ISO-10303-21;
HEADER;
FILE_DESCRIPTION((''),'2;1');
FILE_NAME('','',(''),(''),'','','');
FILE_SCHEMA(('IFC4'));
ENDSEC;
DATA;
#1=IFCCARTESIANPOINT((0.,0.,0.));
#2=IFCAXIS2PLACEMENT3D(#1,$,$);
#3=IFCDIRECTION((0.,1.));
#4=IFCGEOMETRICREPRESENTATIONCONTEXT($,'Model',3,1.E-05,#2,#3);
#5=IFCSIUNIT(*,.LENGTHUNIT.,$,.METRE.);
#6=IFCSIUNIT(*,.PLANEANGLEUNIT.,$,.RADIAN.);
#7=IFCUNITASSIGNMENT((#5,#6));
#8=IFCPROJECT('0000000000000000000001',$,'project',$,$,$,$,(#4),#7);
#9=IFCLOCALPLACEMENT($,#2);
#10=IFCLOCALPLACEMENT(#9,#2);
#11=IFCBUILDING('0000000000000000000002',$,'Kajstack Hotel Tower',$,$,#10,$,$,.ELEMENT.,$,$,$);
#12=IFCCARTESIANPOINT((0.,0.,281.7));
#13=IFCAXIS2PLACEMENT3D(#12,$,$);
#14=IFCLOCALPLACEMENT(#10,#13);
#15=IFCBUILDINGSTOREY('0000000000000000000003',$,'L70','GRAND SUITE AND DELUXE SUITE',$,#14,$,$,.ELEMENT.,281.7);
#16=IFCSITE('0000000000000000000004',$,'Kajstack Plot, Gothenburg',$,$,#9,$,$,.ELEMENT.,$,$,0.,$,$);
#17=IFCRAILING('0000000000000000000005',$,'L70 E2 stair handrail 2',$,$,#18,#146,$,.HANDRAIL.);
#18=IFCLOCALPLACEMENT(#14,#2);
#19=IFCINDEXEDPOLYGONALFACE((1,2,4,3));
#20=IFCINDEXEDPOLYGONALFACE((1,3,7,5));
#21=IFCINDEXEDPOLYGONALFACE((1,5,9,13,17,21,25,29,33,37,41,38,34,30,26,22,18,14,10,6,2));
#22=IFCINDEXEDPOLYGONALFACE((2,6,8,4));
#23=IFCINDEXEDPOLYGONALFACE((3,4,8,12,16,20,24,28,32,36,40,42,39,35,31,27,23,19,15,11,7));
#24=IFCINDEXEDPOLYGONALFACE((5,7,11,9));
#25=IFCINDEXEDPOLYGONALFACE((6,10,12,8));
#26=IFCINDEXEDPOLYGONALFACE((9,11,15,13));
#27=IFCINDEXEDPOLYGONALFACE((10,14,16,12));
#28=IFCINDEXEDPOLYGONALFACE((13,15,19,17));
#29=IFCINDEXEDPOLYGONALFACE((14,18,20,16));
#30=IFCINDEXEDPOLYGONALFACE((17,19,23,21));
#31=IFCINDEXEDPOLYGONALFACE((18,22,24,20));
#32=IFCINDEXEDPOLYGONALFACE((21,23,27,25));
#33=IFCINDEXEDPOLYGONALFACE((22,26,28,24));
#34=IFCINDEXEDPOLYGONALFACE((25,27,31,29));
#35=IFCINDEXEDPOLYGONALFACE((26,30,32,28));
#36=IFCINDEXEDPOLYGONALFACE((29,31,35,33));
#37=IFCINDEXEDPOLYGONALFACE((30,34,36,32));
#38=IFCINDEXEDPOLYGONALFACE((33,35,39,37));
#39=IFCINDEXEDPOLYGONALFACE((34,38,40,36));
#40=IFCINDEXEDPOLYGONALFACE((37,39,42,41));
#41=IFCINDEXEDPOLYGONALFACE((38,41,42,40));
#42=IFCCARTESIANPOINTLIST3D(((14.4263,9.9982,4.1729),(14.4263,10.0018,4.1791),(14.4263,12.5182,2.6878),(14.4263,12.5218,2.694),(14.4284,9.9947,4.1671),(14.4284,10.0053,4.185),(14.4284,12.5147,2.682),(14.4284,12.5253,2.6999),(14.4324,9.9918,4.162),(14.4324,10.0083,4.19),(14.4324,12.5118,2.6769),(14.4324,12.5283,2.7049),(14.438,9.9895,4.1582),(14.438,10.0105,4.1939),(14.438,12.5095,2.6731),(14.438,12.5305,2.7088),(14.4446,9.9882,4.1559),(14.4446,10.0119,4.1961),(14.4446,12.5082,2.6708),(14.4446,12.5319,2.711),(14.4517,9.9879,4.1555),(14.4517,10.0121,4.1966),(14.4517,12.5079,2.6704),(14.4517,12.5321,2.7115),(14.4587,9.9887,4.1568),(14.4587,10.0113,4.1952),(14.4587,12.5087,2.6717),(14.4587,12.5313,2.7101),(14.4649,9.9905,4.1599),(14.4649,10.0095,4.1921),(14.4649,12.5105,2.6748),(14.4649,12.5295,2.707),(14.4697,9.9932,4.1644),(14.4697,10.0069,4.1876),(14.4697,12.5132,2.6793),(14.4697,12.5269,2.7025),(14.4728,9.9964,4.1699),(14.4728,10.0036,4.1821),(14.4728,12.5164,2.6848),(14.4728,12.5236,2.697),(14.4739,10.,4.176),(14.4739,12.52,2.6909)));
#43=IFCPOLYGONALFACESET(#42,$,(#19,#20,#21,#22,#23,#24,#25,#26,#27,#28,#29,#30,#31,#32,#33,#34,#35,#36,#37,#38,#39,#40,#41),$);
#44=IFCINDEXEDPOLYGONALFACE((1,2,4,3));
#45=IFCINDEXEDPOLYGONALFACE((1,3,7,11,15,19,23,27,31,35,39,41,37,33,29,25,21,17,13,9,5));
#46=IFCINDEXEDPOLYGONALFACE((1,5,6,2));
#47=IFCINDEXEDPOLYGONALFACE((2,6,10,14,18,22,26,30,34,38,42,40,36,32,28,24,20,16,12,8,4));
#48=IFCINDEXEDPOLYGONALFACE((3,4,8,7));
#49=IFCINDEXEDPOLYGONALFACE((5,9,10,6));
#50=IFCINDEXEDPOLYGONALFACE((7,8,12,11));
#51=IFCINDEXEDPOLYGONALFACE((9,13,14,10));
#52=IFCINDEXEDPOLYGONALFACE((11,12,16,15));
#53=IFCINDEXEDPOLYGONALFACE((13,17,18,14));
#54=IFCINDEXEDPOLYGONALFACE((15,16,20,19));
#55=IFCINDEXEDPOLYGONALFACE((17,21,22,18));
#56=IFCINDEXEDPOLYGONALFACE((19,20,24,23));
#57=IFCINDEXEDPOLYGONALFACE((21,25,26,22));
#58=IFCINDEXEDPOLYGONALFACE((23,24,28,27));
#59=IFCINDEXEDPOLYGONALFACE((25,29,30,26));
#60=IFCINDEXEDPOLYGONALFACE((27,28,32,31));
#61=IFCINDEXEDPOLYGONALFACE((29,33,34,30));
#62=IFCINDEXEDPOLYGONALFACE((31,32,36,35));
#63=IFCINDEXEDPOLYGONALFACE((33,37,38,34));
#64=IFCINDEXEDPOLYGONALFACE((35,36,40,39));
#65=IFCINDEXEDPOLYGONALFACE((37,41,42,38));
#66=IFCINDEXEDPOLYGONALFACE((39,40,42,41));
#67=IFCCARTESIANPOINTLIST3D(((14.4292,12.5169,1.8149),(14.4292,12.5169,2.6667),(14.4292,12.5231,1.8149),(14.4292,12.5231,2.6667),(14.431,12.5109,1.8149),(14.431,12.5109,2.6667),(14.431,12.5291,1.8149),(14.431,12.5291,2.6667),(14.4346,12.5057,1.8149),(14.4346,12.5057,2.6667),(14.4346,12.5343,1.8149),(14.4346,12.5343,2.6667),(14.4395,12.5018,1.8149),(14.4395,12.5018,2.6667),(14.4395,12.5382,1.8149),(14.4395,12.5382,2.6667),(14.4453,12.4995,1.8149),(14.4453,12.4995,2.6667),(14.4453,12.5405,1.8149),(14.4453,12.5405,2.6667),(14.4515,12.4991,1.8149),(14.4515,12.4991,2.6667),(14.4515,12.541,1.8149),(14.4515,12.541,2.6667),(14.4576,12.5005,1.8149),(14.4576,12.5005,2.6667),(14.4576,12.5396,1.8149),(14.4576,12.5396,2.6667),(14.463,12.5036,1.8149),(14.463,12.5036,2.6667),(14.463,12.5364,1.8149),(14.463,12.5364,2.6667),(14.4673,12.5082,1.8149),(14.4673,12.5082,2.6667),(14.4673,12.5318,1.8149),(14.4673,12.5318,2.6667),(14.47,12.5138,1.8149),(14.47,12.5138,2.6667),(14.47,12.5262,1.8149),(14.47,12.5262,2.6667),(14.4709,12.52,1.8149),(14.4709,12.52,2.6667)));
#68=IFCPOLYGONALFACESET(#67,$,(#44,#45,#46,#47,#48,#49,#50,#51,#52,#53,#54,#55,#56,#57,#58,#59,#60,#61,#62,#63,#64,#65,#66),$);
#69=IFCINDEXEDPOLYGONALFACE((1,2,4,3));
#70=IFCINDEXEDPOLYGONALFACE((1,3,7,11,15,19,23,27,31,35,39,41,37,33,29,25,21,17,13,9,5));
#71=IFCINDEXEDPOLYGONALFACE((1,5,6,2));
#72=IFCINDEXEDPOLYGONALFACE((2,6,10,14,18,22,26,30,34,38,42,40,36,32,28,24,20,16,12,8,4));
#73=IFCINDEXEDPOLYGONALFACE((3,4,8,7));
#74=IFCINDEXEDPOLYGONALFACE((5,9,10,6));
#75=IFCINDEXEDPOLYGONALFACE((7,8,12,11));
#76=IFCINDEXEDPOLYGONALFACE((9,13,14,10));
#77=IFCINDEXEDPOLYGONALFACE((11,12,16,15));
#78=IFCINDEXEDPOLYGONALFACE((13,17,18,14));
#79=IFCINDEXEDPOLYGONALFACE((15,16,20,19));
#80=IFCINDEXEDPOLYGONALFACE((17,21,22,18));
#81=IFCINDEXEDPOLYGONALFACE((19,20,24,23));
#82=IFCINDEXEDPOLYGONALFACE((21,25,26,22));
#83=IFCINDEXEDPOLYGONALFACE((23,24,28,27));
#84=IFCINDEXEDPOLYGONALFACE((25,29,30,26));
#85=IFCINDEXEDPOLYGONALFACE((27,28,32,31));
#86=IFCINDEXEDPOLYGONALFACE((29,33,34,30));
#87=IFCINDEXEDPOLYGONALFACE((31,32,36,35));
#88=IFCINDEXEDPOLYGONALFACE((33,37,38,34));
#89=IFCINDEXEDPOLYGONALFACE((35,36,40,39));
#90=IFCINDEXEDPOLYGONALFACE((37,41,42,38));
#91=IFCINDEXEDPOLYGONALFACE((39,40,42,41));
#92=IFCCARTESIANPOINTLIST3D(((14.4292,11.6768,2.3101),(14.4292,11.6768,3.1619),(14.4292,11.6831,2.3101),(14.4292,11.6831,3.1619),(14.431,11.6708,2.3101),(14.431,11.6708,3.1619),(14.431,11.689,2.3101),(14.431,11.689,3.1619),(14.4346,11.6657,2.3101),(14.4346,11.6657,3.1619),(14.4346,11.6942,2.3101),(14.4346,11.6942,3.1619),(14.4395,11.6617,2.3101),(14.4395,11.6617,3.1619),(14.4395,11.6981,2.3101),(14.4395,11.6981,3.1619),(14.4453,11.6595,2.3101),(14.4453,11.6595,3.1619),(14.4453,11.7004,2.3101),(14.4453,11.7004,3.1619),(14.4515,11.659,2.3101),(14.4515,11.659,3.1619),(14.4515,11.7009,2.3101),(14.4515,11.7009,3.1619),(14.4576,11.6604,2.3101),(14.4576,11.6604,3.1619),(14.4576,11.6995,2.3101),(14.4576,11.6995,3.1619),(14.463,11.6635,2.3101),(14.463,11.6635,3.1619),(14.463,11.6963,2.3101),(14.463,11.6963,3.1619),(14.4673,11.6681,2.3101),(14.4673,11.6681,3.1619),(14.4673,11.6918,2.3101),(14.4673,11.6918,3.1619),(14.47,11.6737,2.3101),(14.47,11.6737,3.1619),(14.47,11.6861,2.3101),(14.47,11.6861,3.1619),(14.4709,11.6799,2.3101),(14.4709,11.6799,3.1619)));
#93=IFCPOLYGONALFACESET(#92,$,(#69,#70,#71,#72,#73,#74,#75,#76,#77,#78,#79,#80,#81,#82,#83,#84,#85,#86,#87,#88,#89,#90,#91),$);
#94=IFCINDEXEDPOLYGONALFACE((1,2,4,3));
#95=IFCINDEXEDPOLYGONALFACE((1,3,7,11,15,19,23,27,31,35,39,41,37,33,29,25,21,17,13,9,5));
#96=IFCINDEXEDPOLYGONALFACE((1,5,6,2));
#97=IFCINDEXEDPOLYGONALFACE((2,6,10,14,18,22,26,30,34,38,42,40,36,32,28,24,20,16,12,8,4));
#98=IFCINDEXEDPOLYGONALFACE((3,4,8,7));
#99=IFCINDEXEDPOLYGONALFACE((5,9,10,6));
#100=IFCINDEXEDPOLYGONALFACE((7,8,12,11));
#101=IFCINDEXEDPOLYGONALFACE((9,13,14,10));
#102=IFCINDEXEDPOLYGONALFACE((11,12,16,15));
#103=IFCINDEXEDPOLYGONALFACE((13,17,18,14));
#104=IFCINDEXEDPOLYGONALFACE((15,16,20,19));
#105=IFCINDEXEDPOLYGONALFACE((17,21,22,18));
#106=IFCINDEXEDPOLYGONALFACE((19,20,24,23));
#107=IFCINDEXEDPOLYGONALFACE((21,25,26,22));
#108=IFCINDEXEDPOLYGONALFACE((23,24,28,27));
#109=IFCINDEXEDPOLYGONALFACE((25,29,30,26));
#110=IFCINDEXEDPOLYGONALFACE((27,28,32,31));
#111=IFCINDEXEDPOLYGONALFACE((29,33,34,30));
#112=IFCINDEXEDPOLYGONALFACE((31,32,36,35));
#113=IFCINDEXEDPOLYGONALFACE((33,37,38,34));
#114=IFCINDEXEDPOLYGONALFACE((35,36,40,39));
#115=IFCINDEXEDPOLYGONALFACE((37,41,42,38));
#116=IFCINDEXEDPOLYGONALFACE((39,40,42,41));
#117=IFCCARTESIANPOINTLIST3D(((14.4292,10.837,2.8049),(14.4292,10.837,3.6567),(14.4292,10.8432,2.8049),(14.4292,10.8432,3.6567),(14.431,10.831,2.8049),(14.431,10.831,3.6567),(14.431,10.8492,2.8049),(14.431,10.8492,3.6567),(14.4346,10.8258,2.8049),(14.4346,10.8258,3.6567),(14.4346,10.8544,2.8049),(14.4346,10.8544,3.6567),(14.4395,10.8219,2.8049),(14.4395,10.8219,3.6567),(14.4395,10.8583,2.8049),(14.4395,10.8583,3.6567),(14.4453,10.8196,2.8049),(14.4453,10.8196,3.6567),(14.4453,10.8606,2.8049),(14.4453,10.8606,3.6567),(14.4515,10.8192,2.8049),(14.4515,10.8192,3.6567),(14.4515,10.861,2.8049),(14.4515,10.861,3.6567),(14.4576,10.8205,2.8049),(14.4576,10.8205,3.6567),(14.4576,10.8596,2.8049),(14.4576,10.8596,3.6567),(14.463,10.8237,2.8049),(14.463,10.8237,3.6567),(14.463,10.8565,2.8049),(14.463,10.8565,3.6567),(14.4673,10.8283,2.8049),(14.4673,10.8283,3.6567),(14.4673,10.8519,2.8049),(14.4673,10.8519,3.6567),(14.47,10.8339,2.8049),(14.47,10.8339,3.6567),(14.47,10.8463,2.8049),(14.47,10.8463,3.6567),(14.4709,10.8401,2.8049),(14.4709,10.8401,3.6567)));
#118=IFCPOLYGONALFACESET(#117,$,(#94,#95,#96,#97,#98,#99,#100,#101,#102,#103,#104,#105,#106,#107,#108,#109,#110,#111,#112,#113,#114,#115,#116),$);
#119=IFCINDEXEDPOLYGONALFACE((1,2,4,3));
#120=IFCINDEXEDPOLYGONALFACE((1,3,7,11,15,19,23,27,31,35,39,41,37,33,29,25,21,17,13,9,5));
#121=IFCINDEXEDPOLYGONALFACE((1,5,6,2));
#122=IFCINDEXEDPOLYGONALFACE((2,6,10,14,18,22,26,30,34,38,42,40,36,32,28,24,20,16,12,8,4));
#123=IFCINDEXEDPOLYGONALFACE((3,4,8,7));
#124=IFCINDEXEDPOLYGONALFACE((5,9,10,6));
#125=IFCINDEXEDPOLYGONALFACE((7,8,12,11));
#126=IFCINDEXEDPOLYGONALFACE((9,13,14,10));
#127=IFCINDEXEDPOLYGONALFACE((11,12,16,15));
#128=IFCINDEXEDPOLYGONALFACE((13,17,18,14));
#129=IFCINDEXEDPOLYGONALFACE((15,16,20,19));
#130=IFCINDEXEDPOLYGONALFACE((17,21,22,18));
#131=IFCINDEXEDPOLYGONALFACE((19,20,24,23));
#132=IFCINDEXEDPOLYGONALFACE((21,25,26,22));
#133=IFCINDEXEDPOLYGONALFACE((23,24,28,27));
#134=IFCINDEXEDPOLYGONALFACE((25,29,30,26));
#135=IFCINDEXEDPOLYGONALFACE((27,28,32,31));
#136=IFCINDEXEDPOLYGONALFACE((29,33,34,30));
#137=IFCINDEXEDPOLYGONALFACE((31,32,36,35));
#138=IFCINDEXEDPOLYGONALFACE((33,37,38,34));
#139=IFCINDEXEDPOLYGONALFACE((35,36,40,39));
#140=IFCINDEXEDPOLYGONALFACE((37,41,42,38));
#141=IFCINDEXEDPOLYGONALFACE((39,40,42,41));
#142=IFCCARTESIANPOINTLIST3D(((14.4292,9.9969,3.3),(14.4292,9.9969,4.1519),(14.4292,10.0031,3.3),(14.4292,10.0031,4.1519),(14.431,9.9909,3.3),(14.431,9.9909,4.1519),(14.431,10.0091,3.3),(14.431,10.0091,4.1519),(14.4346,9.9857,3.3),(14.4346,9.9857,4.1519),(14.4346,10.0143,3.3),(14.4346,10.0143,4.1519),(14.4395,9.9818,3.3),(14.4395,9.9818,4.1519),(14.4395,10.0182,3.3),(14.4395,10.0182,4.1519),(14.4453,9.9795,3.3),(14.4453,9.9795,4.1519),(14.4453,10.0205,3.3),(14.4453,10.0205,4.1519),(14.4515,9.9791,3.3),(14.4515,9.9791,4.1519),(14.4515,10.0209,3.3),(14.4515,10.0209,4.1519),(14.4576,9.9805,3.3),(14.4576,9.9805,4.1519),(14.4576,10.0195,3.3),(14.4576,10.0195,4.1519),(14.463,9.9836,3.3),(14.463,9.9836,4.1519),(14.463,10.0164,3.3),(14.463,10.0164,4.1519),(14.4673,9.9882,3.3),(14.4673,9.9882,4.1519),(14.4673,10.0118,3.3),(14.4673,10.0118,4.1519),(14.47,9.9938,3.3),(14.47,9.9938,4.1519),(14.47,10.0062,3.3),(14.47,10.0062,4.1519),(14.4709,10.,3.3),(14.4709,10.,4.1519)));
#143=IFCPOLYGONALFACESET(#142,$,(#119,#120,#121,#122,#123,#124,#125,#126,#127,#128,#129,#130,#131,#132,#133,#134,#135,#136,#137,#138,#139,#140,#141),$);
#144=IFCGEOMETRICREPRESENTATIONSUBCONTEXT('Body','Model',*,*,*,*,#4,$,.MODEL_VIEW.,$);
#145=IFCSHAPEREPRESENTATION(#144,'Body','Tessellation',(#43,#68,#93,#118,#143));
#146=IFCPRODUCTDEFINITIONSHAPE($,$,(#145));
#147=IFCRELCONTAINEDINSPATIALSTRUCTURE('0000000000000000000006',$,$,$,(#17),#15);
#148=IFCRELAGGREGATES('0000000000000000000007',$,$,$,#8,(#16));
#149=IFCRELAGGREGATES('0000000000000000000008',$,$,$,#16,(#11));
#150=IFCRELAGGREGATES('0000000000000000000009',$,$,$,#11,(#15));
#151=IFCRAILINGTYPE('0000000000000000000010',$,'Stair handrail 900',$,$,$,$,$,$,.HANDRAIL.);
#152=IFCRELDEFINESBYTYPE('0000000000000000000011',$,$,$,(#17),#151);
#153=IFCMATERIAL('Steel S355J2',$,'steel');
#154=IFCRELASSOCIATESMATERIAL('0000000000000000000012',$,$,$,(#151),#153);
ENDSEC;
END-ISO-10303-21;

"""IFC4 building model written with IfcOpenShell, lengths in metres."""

from ifc_helpers import new_model, si_unit, direction, frame, origin, origin_2d, place, context, subcontext, project, spatial, circle, extrude, material, type_object, element, save


model = new_model("IFC4")

# Units and contexts
model_context = context("Model", 3, precision=1e-05, world=origin(), true_north=direction((0.0, 1.0)))
body_context = subcontext(model_context, "Body", "Model", "MODEL_VIEW")
ifc_project = project(units=[si_unit("LENGTHUNIT", "METRE"), si_unit("PLANEANGLEUNIT", "RADIAN")], contexts=[model_context])

# Site, building, storey
site_placement = place(None, origin())
site = spatial("IfcSite", under=ifc_project, at=site_placement, Name="Kajstack Plot, Gothenburg", CompositionType="ELEMENT", RefElevation=0.0)
building_placement = place(site_placement, origin())
building = spatial("IfcBuilding", under=site, at=building_placement, Name="Kajstack Hotel Tower", CompositionType="ELEMENT")
storey_placement = place(building_placement, frame((0.0, 0.0, 281.7)))
storey = spatial("IfcBuildingStorey", under=building, at=storey_placement, Name="L70", Description="GRAND SUITE AND DELUXE SUITE", CompositionType="ELEMENT", Elevation=281.7)

# Railing
ifc_material_1 = material(Name="Steel S355J2", Category="steel")
railing_type = type_object("IfcRailingType", Name="Stair handrail 900", PredefinedType="HANDRAIL", material=ifc_material_1)
railing_placement = place(storey_placement, frame((14.45, 12.52, 1.8149)))
element("IfcRailing", 1, at=railing_placement, inside=storey, type_object=railing_type, Name="L70 E2 stair handrail 2", PredefinedType="HANDRAIL", context=body_context, shape_type="SweptSolid", body=[
    extrude(circle(Radius=0.0239, at=origin_2d()), frame((0.0, 0.0, 0.876), z_axis=(0.0, -0.861524, 0.507717), x_axis=(1.0, 0.0, 0.0)), (0.0, 0.0, 1.0), 2.925),
    extrude(circle(Radius=0.021, at=origin_2d()), origin(), (0.0, 0.0, 1.0), 0.8518),
    extrude(circle(Radius=0.021, at=origin_2d()), frame((0.0, -0.8401, 0.4951)), (0.0, 0.0, 1.0), 0.8518),
    extrude(circle(Radius=0.021, at=origin_2d()), frame((0.0, -1.6799, 0.99)), (0.0, 0.0, 1.0), 0.8518),
    extrude(circle(Radius=0.021, at=origin_2d()), frame((0.0, -2.52, 1.4851)), (0.0, 0.0, 1.0), 0.8518),
])

save(model, "model.ifc")
